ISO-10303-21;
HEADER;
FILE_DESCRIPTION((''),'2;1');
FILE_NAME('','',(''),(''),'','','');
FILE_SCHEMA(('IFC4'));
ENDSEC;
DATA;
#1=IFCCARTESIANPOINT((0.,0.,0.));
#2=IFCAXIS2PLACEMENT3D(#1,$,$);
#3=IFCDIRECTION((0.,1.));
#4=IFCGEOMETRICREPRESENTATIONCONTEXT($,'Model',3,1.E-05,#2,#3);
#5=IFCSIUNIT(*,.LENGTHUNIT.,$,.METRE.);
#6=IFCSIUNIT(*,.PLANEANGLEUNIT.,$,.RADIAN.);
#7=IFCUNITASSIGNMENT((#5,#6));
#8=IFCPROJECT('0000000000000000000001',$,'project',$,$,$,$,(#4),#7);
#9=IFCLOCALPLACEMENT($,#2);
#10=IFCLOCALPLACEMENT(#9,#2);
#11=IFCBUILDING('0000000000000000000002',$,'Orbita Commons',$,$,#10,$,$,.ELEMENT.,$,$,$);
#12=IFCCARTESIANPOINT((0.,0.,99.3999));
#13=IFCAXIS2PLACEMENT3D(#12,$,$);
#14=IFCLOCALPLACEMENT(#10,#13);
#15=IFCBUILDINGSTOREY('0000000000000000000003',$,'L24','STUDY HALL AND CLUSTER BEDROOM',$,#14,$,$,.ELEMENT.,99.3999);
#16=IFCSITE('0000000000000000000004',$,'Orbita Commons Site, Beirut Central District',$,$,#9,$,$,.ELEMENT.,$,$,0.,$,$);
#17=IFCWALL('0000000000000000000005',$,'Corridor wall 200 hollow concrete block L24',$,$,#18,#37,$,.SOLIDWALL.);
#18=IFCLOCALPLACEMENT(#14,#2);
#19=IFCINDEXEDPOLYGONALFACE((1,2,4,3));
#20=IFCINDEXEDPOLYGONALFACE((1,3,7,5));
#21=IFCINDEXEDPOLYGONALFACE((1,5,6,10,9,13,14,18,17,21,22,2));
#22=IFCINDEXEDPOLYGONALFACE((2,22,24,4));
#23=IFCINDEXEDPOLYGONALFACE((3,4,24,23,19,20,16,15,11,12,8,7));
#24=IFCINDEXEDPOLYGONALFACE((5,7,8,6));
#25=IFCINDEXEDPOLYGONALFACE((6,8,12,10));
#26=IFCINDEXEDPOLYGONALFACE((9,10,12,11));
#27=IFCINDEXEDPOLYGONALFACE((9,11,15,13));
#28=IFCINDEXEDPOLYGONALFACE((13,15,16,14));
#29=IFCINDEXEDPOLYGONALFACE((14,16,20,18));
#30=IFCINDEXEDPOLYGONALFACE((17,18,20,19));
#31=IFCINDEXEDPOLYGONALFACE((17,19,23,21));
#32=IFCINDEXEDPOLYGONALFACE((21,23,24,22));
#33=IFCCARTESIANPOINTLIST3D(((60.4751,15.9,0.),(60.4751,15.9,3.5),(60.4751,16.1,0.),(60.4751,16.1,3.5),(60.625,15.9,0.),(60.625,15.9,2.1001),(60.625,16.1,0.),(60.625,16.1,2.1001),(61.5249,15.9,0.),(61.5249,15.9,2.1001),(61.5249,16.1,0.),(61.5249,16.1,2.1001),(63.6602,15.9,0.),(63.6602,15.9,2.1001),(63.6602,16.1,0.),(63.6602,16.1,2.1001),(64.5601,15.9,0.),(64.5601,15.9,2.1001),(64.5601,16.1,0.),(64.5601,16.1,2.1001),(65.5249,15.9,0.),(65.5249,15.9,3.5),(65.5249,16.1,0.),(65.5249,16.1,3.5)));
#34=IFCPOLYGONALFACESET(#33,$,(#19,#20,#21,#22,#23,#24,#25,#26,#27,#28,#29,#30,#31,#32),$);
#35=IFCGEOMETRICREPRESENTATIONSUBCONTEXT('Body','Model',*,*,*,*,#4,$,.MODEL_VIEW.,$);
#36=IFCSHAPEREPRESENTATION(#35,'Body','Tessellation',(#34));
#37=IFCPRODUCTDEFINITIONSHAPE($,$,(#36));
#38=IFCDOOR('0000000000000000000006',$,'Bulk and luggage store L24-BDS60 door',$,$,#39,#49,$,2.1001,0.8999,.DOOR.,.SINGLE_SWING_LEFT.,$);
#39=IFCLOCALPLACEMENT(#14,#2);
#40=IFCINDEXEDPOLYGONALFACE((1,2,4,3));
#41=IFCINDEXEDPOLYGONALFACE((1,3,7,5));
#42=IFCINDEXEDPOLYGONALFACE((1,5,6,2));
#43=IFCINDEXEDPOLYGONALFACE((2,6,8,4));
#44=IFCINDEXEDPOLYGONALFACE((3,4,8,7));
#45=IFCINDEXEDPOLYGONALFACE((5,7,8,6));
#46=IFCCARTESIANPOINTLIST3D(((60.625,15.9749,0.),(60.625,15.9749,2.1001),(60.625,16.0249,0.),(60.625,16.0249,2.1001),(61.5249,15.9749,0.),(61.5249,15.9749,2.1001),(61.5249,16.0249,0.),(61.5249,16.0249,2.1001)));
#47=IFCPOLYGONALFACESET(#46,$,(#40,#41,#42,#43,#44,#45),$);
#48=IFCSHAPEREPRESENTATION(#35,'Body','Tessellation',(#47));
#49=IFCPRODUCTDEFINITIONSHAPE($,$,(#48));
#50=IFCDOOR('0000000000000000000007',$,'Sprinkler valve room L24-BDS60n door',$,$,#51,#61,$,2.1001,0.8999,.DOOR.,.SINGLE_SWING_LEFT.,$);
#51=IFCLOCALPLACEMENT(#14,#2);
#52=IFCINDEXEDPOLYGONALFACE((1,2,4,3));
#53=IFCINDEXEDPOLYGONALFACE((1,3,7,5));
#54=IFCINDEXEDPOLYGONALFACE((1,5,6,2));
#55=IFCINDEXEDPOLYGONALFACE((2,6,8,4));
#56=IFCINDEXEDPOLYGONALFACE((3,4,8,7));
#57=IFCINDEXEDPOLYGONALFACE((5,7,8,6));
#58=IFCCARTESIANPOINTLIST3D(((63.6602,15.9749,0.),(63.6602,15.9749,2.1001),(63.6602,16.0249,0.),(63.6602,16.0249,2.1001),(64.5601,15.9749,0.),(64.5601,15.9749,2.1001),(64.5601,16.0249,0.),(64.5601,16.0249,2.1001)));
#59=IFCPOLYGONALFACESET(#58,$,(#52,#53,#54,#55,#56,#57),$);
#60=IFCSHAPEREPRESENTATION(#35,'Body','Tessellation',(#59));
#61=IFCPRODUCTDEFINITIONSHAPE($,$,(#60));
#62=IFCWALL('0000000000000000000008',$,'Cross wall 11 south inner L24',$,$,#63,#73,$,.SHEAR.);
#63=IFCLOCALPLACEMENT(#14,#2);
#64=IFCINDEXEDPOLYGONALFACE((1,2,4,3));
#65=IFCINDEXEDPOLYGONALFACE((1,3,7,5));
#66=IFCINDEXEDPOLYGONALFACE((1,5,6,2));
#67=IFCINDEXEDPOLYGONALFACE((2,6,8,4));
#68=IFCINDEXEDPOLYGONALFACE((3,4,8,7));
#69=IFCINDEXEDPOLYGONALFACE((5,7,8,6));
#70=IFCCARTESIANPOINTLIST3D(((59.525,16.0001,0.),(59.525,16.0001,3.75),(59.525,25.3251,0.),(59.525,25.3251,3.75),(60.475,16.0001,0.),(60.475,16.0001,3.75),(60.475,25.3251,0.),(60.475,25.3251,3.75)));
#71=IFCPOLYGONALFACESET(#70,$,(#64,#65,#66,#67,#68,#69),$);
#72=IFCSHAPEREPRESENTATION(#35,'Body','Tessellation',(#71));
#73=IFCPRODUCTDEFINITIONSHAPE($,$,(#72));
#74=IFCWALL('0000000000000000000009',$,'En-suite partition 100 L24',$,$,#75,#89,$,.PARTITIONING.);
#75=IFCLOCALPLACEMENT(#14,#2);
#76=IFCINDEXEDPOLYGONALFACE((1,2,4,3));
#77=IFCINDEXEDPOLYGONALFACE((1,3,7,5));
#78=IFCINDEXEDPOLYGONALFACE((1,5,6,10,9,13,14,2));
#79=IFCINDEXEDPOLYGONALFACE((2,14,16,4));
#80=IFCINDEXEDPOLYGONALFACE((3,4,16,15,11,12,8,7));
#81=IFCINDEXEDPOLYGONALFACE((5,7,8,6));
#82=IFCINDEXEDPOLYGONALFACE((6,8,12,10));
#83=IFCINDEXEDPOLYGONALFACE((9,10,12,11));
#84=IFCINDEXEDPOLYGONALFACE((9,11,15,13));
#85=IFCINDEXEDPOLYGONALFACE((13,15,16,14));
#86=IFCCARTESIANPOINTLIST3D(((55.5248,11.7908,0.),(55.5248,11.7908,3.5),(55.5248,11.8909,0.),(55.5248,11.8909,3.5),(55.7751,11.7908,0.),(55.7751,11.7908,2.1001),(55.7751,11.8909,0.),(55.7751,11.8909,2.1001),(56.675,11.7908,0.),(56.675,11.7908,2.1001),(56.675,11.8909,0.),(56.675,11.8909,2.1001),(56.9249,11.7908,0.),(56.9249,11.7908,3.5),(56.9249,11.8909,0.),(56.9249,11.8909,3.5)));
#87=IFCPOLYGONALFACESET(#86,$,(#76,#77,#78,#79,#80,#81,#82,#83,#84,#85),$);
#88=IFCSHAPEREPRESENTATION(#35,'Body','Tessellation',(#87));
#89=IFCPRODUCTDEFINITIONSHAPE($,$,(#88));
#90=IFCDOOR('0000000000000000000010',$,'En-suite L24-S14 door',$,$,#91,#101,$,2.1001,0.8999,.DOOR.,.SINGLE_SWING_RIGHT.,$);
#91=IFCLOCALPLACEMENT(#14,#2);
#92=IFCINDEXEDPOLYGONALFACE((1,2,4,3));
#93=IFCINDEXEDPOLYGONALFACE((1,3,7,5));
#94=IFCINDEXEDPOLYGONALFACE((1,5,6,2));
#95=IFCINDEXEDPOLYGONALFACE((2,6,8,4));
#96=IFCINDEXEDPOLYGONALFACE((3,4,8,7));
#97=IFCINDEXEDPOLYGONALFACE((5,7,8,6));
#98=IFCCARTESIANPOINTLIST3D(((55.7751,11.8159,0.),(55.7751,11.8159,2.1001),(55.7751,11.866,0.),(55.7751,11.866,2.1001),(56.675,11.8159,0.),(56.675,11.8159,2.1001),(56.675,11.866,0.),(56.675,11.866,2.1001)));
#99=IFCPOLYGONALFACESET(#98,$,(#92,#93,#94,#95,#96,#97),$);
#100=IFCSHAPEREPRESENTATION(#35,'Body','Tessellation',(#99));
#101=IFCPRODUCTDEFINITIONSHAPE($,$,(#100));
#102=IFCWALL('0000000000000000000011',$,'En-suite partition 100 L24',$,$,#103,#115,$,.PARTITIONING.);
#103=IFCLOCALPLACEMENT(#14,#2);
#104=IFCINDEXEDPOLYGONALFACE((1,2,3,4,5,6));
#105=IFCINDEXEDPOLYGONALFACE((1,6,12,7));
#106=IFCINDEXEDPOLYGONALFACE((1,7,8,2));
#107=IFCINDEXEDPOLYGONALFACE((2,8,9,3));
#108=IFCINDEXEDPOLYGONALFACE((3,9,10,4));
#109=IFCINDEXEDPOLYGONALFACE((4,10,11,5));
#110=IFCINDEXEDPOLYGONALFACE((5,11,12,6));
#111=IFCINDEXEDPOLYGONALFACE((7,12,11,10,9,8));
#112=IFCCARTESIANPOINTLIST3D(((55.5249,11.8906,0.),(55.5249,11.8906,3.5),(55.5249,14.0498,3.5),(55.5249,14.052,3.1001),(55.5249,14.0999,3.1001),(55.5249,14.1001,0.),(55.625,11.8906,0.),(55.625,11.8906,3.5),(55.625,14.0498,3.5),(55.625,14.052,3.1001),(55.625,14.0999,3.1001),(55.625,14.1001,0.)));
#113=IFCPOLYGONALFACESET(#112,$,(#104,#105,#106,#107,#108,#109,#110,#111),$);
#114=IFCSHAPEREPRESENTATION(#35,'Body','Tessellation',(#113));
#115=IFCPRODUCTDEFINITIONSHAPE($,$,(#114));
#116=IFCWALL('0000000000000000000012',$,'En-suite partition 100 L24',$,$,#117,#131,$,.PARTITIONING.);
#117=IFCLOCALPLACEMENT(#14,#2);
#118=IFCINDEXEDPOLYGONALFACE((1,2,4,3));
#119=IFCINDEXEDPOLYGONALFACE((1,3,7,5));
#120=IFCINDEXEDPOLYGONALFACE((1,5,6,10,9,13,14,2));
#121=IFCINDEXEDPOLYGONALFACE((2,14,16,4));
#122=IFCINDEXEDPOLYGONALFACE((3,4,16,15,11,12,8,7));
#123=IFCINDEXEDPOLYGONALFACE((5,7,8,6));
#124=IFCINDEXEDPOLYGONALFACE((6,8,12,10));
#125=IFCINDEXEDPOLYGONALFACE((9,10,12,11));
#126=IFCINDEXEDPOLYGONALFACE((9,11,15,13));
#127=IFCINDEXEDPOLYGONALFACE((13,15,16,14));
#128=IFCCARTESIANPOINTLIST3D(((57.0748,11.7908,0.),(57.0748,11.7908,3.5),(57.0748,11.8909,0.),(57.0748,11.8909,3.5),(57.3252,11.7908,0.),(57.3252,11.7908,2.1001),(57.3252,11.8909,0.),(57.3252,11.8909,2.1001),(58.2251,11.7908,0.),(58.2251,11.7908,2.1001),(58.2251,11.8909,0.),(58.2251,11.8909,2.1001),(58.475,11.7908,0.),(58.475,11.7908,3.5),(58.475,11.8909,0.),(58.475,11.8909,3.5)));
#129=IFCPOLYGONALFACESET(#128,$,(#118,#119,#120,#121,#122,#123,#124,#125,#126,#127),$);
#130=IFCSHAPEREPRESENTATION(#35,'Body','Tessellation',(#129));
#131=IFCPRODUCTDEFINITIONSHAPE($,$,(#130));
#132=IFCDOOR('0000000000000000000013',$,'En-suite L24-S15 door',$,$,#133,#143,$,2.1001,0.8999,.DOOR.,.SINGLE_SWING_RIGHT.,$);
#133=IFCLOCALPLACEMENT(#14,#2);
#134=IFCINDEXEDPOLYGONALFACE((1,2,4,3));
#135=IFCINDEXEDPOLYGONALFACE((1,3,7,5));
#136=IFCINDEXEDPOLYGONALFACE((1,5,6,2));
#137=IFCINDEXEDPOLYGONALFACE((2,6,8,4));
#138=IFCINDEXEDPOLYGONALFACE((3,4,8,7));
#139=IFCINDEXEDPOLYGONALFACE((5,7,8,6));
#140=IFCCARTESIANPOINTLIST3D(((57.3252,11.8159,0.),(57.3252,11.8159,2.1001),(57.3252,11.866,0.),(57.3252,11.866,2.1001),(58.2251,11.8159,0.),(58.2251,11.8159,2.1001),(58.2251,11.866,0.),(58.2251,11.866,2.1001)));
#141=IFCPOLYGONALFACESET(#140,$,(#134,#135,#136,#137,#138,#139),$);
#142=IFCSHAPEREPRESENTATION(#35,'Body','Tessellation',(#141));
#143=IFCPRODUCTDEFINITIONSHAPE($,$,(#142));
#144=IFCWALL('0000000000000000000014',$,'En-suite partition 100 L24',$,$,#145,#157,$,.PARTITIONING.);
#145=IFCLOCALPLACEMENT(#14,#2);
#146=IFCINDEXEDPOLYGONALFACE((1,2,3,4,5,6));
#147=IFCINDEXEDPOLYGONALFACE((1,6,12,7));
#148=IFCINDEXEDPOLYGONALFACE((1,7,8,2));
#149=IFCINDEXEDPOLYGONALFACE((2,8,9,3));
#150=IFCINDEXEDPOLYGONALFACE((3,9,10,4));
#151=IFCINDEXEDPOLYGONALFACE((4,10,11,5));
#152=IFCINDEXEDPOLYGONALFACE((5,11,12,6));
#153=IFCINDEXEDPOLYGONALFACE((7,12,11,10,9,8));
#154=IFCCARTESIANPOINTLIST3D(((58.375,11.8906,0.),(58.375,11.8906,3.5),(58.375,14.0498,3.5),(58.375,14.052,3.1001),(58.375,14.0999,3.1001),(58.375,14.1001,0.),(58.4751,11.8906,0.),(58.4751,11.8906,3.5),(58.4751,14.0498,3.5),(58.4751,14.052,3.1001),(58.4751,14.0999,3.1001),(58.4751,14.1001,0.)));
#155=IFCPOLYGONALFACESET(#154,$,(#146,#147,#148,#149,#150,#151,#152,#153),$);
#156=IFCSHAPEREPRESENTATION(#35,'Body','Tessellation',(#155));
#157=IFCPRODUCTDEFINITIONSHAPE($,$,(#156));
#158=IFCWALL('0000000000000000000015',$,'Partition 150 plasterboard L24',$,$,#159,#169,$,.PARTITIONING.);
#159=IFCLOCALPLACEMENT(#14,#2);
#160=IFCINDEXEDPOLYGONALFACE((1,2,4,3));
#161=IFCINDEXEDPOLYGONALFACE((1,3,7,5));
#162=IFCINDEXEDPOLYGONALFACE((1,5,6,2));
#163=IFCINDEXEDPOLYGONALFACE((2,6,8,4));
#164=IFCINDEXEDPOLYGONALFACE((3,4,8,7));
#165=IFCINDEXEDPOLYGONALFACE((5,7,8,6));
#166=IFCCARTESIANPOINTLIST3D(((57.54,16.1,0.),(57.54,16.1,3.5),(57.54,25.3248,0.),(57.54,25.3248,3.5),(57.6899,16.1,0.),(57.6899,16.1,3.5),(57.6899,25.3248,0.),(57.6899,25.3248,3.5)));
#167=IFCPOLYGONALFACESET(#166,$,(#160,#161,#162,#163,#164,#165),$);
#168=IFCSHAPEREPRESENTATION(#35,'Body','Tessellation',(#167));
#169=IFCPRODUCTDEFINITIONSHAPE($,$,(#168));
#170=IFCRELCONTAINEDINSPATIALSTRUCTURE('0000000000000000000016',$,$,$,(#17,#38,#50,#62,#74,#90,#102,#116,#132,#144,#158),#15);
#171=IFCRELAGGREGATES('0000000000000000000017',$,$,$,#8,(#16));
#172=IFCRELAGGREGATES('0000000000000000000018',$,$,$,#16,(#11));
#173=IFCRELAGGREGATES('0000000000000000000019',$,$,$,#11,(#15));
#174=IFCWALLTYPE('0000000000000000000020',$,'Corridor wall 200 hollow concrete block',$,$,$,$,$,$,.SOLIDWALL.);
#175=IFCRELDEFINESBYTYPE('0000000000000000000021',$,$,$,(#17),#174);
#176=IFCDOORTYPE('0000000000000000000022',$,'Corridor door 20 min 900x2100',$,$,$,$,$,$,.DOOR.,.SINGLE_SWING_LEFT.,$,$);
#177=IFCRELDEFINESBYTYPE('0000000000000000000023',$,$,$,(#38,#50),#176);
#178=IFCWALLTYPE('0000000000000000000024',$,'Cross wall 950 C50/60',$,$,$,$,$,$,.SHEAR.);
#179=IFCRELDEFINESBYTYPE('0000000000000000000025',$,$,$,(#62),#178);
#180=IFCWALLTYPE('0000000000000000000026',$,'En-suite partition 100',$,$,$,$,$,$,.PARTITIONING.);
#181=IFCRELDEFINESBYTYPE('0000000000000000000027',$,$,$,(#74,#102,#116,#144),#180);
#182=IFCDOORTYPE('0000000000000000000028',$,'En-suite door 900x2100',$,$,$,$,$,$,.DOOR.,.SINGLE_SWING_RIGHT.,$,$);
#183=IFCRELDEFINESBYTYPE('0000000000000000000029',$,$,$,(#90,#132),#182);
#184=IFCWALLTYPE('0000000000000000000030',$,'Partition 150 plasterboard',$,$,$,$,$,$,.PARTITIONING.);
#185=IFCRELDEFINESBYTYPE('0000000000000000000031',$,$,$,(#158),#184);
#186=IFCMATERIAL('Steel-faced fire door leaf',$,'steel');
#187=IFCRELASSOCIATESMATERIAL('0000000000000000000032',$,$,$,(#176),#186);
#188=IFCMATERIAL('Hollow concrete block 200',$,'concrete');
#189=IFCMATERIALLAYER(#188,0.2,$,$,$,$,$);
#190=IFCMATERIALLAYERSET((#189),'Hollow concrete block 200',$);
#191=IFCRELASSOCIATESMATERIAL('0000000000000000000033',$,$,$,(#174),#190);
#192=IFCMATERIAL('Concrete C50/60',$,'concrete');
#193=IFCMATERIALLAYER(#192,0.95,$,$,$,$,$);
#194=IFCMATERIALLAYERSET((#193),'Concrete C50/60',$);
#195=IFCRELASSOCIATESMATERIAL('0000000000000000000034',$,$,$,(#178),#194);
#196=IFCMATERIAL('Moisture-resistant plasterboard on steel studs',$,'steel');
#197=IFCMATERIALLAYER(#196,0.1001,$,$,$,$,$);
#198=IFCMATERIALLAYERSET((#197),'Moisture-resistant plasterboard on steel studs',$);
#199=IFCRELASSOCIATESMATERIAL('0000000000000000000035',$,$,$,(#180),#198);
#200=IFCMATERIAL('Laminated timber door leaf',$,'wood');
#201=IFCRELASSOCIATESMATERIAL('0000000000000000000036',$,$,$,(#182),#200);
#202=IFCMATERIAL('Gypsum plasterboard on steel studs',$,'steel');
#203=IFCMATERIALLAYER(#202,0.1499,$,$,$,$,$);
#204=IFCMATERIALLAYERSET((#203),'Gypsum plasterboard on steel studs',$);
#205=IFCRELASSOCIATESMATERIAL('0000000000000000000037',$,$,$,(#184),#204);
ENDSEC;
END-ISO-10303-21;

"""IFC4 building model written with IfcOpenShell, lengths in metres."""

from ifc_helpers import new_model, si_unit, direction, frame, frame_2d, origin, place, context, subcontext, project, spatial, polyline, rectangle, outline, extrude, material, layer, layer_set, type_object, element, fill, save


model = new_model("IFC4")

# Units and contexts
model_context = context("Model", 3, precision=1e-05, world=origin(), true_north=direction((0.0, 1.0)))
body_context = subcontext(model_context, "Body", "Model", "MODEL_VIEW")
ifc_project = project(units=[si_unit("LENGTHUNIT", "METRE"), si_unit("PLANEANGLEUNIT", "RADIAN")], contexts=[model_context])

# Site, building, storey
site_placement = place(None, origin())
site = spatial("IfcSite", under=ifc_project, at=site_placement, Name="Orbita Commons Site, Beirut Central District", CompositionType="ELEMENT", RefElevation=0.0)
building_placement = place(site_placement, origin())
building = spatial("IfcBuilding", under=site, at=building_placement, Name="Orbita Commons", CompositionType="ELEMENT")
storey_placement = place(building_placement, frame((0.0, 0.0, 99.3999)))
storey = spatial("IfcBuildingStorey", under=building, at=storey_placement, Name="L24", Description="STUDY HALL AND CLUSTER BEDROOM", CompositionType="ELEMENT", Elevation=99.3999)

# Wall, openings, doors
ifc_material_1 = material(Name="Steel-faced fire door leaf", Category="steel")
door_type_1 = type_object("IfcDoorType", Name="Corridor door 20 min 900x2100", OperationType="SINGLE_SWING_LEFT", PredefinedType="DOOR", material=ifc_material_1)
ifc_material_2 = material(Name="Hollow concrete block 200", Category="concrete")
ifc_layer_1 = layer(ifc_material_2, 0.2)
ifc_layer_set_1 = layer_set([ifc_layer_1], Name="Hollow concrete block 200")
wall_type_1 = type_object("IfcWallType", Name="Corridor wall 200 hollow concrete block", PredefinedType="SOLIDWALL", material=ifc_layer_set_1)
wall_1_placement = place(storey_placement, frame((60.4751, 16.0, 0.0), z_axis=(0.0, 0.0, 1.0), x_axis=(1.0, 0.0, 0.0)))
wall_1 = element("IfcWall", 1, at=wall_1_placement, inside=storey, type_object=wall_type_1, Name="Corridor wall 200 hollow concrete block L24", PredefinedType="SOLIDWALL", context=body_context, shape_type="SweptSolid", body=[
    extrude(rectangle(XDim=5.0498, YDim=0.2, at=frame_2d((2.5249, 0.0))), origin(), (0.0, 0.0, 1.0), 3.5),
])
opening_1_placement = place(wall_1_placement, frame((0.1499, 0.0, 0.0)))
opening_1 = element("IfcOpeningElement", 2, at=opening_1_placement, cuts=wall_1, PredefinedType="OPENING", context=body_context, shape_type="SweptSolid", body=[
    extrude(rectangle(XDim=0.8999, YDim=2.1001, at=frame_2d((0.45, 1.05))), frame((0.0, 0.1099, 0.0), z_axis=(0.0, -1.0, 0.0), x_axis=(1.0, 0.0, 0.0)), (0.0, 0.0, 1.0), 0.22),
])
opening_2_placement = place(wall_1_placement, frame((3.1851, 0.0, 0.0)))
opening_2 = element("IfcOpeningElement", 3, at=opening_2_placement, cuts=wall_1, PredefinedType="OPENING", context=body_context, shape_type="SweptSolid", body=[
    extrude(rectangle(XDim=0.8999, YDim=2.1001, at=frame_2d((0.45, 1.05))), frame((0.0, 0.1099, 0.0), z_axis=(0.0, -1.0, 0.0), x_axis=(1.0, 0.0, 0.0)), (0.0, 0.0, 1.0), 0.22),
])
door_1_placement = place(opening_1_placement, origin())
door_1 = element("IfcDoor", 4, at=door_1_placement, inside=storey, type_object=door_type_1, Name="Bulk and luggage store L24-BDS60 door", OperationType="SINGLE_SWING_LEFT", OverallHeight=2.1001, OverallWidth=0.8999, PredefinedType="DOOR", context=body_context, shape_type="SweptSolid", body=[
    extrude(rectangle(XDim=0.8999, YDim=2.1001, at=frame_2d((0.45, 1.05))), frame((0.0, 0.0249, 0.0), z_axis=(0.0, -1.0, 0.0), x_axis=(1.0, 0.0, 0.0)), (0.0, 0.0, 1.0), 0.05),
])
fill(opening_1, door_1)
door_2_placement = place(opening_2_placement, origin())
door_2 = element("IfcDoor", 5, at=door_2_placement, inside=storey, type_object=door_type_1, Name="Sprinkler valve room L24-BDS60n door", OperationType="SINGLE_SWING_LEFT", OverallHeight=2.1001, OverallWidth=0.8999, PredefinedType="DOOR", context=body_context, shape_type="SweptSolid", body=[
    extrude(rectangle(XDim=0.8999, YDim=2.1001, at=frame_2d((0.45, 1.05))), frame((0.0, 0.0249, 0.0), z_axis=(0.0, -1.0, 0.0), x_axis=(1.0, 0.0, 0.0)), (0.0, 0.0, 1.0), 0.05),
])
fill(opening_2, door_2)

# Wall
ifc_material_3 = material(Name="Concrete C50/60", Category="concrete")
ifc_layer_2 = layer(ifc_material_3, 0.95)
ifc_layer_set_2 = layer_set([ifc_layer_2], Name="Concrete C50/60")
wall_type_2 = type_object("IfcWallType", Name="Cross wall 950 C50/60", PredefinedType="SHEAR", material=ifc_layer_set_2)
wall_2_placement = place(storey_placement, frame((60.0, 16.0, 0.0), z_axis=(0.0, 0.0, 1.0), x_axis=(0.0, 1.0, 0.0)))
element("IfcWall", 6, at=wall_2_placement, inside=storey, type_object=wall_type_2, Name="Cross wall 11 south inner L24", PredefinedType="SHEAR", context=body_context, shape_type="SweptSolid", body=[
    extrude(rectangle(XDim=9.325, YDim=0.95, at=frame_2d((4.6626, 0.0))), origin(), (0.0, 0.0, 1.0), 3.75),
])

# Wall, opening, door
ifc_material_4 = material(Name="Moisture-resistant plasterboard on steel studs", Category="steel")
ifc_layer_3 = layer(ifc_material_4, 0.1001)
ifc_layer_set_3 = layer_set([ifc_layer_3], Name="Moisture-resistant plasterboard on steel studs")
wall_type_3 = type_object("IfcWallType", Name="En-suite partition 100", PredefinedType="PARTITIONING", material=ifc_layer_set_3)
wall_3_placement = place(storey_placement, frame((56.925, 11.8408, 0.0), z_axis=(0.0, 0.0, 1.0), x_axis=(-1.0, 0.0, 0.0)))
wall_3 = element("IfcWall", 7, at=wall_3_placement, inside=storey, type_object=wall_type_3, Name="En-suite partition 100 L24", PredefinedType="PARTITIONING", context=body_context, shape_type="SweptSolid", body=[
    extrude(rectangle(XDim=1.4001, YDim=0.1001, at=frame_2d((0.7002, 0.0))), origin(), (0.0, 0.0, 1.0), 3.5),
])
opening_3_placement = place(wall_3_placement, frame((0.25, 0.0, 0.0)))
opening_3 = element("IfcOpeningElement", 8, at=opening_3_placement, cuts=wall_3, PredefinedType="OPENING", context=body_context, shape_type="SweptSolid", body=[
    extrude(rectangle(XDim=0.8999, YDim=2.1001, at=frame_2d((0.45, 1.05))), frame((0.0, 0.0601, 0.0), z_axis=(0.0, -1.0, 0.0), x_axis=(1.0, 0.0, 0.0)), (0.0, 0.0, 1.0), 0.1201),
])
ifc_material_5 = material(Name="Laminated timber door leaf", Category="wood")
door_type_2 = type_object("IfcDoorType", Name="En-suite door 900x2100", OperationType="SINGLE_SWING_RIGHT", PredefinedType="DOOR", material=ifc_material_5)
door_3_placement = place(opening_3_placement, origin())
door_3 = element("IfcDoor", 9, at=door_3_placement, inside=storey, type_object=door_type_2, Name="En-suite L24-S14 door", OperationType="SINGLE_SWING_RIGHT", OverallHeight=2.1001, OverallWidth=0.8999, PredefinedType="DOOR", context=body_context, shape_type="SweptSolid", body=[
    extrude(rectangle(XDim=0.8999, YDim=2.1001, at=frame_2d((0.45, 1.05))), frame((0.0, 0.0249, 0.0), z_axis=(0.0, -1.0, 0.0), x_axis=(1.0, 0.0, 0.0)), (0.0, 0.0, 1.0), 0.05),
])
fill(opening_3, door_3)

# Wall
wall_4_placement = place(storey_placement, frame((55.575, 11.8906, 0.0), z_axis=(0.0, 0.0, 1.0), x_axis=(0.0, 1.0, 0.0)))
element("IfcWall", 10, at=wall_4_placement, inside=storey, type_object=wall_type_3, Name="En-suite partition 100 L24", PredefinedType="PARTITIONING", context=body_context, shape_type="SweptSolid", body=[
    extrude(outline(polyline([(0.0, 0.0), (2.2095, 0.0), (2.2092, 3.1001), (2.1614, 3.1001), (2.1592, 3.5), (0.0, 3.5), (0.0, 0.0)])), frame((0.0, 0.05, 0.0), z_axis=(0.0, -1.0, 0.0), x_axis=(1.0, 0.0, 0.0)), (0.0, 0.0, 1.0), 0.1001),
])

# Wall, opening, door
wall_5_placement = place(storey_placement, frame((58.4751, 11.8408, 0.0), z_axis=(0.0, 0.0, 1.0), x_axis=(-1.0, 0.0, 0.0)))
wall_5 = element("IfcWall", 11, at=wall_5_placement, inside=storey, type_object=wall_type_3, Name="En-suite partition 100 L24", PredefinedType="PARTITIONING", context=body_context, shape_type="SweptSolid", body=[
    extrude(rectangle(XDim=1.4001, YDim=0.1001, at=frame_2d((0.7002, 0.0))), origin(), (0.0, 0.0, 1.0), 3.5),
])
opening_4_placement = place(wall_5_placement, frame((0.25, 0.0, 0.0)))
opening_4 = element("IfcOpeningElement", 12, at=opening_4_placement, cuts=wall_5, PredefinedType="OPENING", context=body_context, shape_type="SweptSolid", body=[
    extrude(rectangle(XDim=0.8999, YDim=2.1001, at=frame_2d((0.45, 1.05))), frame((0.0, 0.0601, 0.0), z_axis=(0.0, -1.0, 0.0), x_axis=(1.0, 0.0, 0.0)), (0.0, 0.0, 1.0), 0.1201),
])
door_4_placement = place(opening_4_placement, origin())
door_4 = element("IfcDoor", 13, at=door_4_placement, inside=storey, type_object=door_type_2, Name="En-suite L24-S15 door", OperationType="SINGLE_SWING_RIGHT", OverallHeight=2.1001, OverallWidth=0.8999, PredefinedType="DOOR", context=body_context, shape_type="SweptSolid", body=[
    extrude(rectangle(XDim=0.8999, YDim=2.1001, at=frame_2d((0.45, 1.05))), frame((0.0, 0.0249, 0.0), z_axis=(0.0, -1.0, 0.0), x_axis=(1.0, 0.0, 0.0)), (0.0, 0.0, 1.0), 0.05),
])
fill(opening_4, door_4)

# Walls
wall_6_placement = place(storey_placement, frame((58.425, 11.8906, 0.0), z_axis=(0.0, 0.0, 1.0), x_axis=(0.0, 1.0, 0.0)))
element("IfcWall", 14, at=wall_6_placement, inside=storey, type_object=wall_type_3, Name="En-suite partition 100 L24", PredefinedType="PARTITIONING", context=body_context, shape_type="SweptSolid", body=[
    extrude(outline(polyline([(0.0, 0.0), (2.2095, 0.0), (2.2092, 3.1001), (2.1614, 3.1001), (2.1592, 3.5), (0.0, 3.5), (0.0, 0.0)])), frame((0.0, 0.05, 0.0), z_axis=(0.0, -1.0, 0.0), x_axis=(1.0, 0.0, 0.0)), (0.0, 0.0, 1.0), 0.1001),
])
ifc_material_6 = material(Name="Gypsum plasterboard on steel studs", Category="steel")
ifc_layer_4 = layer(ifc_material_6, 0.1499)
ifc_layer_set_4 = layer_set([ifc_layer_4], Name="Gypsum plasterboard on steel studs")
wall_type_4 = type_object("IfcWallType", Name="Partition 150 plasterboard", PredefinedType="PARTITIONING", material=ifc_layer_set_4)
wall_7_placement = place(storey_placement, frame((57.615, 16.1001, 0.0), z_axis=(0.0, 0.0, 1.0), x_axis=(0.0, 1.0, 0.0)))
element("IfcWall", 15, at=wall_7_placement, inside=storey, type_object=wall_type_4, Name="Partition 150 plasterboard L24", PredefinedType="PARTITIONING", context=body_context, shape_type="SweptSolid", body=[
    extrude(rectangle(XDim=9.2249, YDim=0.1499, at=frame_2d((4.6123, 0.0))), origin(), (0.0, 0.0, 1.0), 3.5),
])

save(model, "model.ifc")
